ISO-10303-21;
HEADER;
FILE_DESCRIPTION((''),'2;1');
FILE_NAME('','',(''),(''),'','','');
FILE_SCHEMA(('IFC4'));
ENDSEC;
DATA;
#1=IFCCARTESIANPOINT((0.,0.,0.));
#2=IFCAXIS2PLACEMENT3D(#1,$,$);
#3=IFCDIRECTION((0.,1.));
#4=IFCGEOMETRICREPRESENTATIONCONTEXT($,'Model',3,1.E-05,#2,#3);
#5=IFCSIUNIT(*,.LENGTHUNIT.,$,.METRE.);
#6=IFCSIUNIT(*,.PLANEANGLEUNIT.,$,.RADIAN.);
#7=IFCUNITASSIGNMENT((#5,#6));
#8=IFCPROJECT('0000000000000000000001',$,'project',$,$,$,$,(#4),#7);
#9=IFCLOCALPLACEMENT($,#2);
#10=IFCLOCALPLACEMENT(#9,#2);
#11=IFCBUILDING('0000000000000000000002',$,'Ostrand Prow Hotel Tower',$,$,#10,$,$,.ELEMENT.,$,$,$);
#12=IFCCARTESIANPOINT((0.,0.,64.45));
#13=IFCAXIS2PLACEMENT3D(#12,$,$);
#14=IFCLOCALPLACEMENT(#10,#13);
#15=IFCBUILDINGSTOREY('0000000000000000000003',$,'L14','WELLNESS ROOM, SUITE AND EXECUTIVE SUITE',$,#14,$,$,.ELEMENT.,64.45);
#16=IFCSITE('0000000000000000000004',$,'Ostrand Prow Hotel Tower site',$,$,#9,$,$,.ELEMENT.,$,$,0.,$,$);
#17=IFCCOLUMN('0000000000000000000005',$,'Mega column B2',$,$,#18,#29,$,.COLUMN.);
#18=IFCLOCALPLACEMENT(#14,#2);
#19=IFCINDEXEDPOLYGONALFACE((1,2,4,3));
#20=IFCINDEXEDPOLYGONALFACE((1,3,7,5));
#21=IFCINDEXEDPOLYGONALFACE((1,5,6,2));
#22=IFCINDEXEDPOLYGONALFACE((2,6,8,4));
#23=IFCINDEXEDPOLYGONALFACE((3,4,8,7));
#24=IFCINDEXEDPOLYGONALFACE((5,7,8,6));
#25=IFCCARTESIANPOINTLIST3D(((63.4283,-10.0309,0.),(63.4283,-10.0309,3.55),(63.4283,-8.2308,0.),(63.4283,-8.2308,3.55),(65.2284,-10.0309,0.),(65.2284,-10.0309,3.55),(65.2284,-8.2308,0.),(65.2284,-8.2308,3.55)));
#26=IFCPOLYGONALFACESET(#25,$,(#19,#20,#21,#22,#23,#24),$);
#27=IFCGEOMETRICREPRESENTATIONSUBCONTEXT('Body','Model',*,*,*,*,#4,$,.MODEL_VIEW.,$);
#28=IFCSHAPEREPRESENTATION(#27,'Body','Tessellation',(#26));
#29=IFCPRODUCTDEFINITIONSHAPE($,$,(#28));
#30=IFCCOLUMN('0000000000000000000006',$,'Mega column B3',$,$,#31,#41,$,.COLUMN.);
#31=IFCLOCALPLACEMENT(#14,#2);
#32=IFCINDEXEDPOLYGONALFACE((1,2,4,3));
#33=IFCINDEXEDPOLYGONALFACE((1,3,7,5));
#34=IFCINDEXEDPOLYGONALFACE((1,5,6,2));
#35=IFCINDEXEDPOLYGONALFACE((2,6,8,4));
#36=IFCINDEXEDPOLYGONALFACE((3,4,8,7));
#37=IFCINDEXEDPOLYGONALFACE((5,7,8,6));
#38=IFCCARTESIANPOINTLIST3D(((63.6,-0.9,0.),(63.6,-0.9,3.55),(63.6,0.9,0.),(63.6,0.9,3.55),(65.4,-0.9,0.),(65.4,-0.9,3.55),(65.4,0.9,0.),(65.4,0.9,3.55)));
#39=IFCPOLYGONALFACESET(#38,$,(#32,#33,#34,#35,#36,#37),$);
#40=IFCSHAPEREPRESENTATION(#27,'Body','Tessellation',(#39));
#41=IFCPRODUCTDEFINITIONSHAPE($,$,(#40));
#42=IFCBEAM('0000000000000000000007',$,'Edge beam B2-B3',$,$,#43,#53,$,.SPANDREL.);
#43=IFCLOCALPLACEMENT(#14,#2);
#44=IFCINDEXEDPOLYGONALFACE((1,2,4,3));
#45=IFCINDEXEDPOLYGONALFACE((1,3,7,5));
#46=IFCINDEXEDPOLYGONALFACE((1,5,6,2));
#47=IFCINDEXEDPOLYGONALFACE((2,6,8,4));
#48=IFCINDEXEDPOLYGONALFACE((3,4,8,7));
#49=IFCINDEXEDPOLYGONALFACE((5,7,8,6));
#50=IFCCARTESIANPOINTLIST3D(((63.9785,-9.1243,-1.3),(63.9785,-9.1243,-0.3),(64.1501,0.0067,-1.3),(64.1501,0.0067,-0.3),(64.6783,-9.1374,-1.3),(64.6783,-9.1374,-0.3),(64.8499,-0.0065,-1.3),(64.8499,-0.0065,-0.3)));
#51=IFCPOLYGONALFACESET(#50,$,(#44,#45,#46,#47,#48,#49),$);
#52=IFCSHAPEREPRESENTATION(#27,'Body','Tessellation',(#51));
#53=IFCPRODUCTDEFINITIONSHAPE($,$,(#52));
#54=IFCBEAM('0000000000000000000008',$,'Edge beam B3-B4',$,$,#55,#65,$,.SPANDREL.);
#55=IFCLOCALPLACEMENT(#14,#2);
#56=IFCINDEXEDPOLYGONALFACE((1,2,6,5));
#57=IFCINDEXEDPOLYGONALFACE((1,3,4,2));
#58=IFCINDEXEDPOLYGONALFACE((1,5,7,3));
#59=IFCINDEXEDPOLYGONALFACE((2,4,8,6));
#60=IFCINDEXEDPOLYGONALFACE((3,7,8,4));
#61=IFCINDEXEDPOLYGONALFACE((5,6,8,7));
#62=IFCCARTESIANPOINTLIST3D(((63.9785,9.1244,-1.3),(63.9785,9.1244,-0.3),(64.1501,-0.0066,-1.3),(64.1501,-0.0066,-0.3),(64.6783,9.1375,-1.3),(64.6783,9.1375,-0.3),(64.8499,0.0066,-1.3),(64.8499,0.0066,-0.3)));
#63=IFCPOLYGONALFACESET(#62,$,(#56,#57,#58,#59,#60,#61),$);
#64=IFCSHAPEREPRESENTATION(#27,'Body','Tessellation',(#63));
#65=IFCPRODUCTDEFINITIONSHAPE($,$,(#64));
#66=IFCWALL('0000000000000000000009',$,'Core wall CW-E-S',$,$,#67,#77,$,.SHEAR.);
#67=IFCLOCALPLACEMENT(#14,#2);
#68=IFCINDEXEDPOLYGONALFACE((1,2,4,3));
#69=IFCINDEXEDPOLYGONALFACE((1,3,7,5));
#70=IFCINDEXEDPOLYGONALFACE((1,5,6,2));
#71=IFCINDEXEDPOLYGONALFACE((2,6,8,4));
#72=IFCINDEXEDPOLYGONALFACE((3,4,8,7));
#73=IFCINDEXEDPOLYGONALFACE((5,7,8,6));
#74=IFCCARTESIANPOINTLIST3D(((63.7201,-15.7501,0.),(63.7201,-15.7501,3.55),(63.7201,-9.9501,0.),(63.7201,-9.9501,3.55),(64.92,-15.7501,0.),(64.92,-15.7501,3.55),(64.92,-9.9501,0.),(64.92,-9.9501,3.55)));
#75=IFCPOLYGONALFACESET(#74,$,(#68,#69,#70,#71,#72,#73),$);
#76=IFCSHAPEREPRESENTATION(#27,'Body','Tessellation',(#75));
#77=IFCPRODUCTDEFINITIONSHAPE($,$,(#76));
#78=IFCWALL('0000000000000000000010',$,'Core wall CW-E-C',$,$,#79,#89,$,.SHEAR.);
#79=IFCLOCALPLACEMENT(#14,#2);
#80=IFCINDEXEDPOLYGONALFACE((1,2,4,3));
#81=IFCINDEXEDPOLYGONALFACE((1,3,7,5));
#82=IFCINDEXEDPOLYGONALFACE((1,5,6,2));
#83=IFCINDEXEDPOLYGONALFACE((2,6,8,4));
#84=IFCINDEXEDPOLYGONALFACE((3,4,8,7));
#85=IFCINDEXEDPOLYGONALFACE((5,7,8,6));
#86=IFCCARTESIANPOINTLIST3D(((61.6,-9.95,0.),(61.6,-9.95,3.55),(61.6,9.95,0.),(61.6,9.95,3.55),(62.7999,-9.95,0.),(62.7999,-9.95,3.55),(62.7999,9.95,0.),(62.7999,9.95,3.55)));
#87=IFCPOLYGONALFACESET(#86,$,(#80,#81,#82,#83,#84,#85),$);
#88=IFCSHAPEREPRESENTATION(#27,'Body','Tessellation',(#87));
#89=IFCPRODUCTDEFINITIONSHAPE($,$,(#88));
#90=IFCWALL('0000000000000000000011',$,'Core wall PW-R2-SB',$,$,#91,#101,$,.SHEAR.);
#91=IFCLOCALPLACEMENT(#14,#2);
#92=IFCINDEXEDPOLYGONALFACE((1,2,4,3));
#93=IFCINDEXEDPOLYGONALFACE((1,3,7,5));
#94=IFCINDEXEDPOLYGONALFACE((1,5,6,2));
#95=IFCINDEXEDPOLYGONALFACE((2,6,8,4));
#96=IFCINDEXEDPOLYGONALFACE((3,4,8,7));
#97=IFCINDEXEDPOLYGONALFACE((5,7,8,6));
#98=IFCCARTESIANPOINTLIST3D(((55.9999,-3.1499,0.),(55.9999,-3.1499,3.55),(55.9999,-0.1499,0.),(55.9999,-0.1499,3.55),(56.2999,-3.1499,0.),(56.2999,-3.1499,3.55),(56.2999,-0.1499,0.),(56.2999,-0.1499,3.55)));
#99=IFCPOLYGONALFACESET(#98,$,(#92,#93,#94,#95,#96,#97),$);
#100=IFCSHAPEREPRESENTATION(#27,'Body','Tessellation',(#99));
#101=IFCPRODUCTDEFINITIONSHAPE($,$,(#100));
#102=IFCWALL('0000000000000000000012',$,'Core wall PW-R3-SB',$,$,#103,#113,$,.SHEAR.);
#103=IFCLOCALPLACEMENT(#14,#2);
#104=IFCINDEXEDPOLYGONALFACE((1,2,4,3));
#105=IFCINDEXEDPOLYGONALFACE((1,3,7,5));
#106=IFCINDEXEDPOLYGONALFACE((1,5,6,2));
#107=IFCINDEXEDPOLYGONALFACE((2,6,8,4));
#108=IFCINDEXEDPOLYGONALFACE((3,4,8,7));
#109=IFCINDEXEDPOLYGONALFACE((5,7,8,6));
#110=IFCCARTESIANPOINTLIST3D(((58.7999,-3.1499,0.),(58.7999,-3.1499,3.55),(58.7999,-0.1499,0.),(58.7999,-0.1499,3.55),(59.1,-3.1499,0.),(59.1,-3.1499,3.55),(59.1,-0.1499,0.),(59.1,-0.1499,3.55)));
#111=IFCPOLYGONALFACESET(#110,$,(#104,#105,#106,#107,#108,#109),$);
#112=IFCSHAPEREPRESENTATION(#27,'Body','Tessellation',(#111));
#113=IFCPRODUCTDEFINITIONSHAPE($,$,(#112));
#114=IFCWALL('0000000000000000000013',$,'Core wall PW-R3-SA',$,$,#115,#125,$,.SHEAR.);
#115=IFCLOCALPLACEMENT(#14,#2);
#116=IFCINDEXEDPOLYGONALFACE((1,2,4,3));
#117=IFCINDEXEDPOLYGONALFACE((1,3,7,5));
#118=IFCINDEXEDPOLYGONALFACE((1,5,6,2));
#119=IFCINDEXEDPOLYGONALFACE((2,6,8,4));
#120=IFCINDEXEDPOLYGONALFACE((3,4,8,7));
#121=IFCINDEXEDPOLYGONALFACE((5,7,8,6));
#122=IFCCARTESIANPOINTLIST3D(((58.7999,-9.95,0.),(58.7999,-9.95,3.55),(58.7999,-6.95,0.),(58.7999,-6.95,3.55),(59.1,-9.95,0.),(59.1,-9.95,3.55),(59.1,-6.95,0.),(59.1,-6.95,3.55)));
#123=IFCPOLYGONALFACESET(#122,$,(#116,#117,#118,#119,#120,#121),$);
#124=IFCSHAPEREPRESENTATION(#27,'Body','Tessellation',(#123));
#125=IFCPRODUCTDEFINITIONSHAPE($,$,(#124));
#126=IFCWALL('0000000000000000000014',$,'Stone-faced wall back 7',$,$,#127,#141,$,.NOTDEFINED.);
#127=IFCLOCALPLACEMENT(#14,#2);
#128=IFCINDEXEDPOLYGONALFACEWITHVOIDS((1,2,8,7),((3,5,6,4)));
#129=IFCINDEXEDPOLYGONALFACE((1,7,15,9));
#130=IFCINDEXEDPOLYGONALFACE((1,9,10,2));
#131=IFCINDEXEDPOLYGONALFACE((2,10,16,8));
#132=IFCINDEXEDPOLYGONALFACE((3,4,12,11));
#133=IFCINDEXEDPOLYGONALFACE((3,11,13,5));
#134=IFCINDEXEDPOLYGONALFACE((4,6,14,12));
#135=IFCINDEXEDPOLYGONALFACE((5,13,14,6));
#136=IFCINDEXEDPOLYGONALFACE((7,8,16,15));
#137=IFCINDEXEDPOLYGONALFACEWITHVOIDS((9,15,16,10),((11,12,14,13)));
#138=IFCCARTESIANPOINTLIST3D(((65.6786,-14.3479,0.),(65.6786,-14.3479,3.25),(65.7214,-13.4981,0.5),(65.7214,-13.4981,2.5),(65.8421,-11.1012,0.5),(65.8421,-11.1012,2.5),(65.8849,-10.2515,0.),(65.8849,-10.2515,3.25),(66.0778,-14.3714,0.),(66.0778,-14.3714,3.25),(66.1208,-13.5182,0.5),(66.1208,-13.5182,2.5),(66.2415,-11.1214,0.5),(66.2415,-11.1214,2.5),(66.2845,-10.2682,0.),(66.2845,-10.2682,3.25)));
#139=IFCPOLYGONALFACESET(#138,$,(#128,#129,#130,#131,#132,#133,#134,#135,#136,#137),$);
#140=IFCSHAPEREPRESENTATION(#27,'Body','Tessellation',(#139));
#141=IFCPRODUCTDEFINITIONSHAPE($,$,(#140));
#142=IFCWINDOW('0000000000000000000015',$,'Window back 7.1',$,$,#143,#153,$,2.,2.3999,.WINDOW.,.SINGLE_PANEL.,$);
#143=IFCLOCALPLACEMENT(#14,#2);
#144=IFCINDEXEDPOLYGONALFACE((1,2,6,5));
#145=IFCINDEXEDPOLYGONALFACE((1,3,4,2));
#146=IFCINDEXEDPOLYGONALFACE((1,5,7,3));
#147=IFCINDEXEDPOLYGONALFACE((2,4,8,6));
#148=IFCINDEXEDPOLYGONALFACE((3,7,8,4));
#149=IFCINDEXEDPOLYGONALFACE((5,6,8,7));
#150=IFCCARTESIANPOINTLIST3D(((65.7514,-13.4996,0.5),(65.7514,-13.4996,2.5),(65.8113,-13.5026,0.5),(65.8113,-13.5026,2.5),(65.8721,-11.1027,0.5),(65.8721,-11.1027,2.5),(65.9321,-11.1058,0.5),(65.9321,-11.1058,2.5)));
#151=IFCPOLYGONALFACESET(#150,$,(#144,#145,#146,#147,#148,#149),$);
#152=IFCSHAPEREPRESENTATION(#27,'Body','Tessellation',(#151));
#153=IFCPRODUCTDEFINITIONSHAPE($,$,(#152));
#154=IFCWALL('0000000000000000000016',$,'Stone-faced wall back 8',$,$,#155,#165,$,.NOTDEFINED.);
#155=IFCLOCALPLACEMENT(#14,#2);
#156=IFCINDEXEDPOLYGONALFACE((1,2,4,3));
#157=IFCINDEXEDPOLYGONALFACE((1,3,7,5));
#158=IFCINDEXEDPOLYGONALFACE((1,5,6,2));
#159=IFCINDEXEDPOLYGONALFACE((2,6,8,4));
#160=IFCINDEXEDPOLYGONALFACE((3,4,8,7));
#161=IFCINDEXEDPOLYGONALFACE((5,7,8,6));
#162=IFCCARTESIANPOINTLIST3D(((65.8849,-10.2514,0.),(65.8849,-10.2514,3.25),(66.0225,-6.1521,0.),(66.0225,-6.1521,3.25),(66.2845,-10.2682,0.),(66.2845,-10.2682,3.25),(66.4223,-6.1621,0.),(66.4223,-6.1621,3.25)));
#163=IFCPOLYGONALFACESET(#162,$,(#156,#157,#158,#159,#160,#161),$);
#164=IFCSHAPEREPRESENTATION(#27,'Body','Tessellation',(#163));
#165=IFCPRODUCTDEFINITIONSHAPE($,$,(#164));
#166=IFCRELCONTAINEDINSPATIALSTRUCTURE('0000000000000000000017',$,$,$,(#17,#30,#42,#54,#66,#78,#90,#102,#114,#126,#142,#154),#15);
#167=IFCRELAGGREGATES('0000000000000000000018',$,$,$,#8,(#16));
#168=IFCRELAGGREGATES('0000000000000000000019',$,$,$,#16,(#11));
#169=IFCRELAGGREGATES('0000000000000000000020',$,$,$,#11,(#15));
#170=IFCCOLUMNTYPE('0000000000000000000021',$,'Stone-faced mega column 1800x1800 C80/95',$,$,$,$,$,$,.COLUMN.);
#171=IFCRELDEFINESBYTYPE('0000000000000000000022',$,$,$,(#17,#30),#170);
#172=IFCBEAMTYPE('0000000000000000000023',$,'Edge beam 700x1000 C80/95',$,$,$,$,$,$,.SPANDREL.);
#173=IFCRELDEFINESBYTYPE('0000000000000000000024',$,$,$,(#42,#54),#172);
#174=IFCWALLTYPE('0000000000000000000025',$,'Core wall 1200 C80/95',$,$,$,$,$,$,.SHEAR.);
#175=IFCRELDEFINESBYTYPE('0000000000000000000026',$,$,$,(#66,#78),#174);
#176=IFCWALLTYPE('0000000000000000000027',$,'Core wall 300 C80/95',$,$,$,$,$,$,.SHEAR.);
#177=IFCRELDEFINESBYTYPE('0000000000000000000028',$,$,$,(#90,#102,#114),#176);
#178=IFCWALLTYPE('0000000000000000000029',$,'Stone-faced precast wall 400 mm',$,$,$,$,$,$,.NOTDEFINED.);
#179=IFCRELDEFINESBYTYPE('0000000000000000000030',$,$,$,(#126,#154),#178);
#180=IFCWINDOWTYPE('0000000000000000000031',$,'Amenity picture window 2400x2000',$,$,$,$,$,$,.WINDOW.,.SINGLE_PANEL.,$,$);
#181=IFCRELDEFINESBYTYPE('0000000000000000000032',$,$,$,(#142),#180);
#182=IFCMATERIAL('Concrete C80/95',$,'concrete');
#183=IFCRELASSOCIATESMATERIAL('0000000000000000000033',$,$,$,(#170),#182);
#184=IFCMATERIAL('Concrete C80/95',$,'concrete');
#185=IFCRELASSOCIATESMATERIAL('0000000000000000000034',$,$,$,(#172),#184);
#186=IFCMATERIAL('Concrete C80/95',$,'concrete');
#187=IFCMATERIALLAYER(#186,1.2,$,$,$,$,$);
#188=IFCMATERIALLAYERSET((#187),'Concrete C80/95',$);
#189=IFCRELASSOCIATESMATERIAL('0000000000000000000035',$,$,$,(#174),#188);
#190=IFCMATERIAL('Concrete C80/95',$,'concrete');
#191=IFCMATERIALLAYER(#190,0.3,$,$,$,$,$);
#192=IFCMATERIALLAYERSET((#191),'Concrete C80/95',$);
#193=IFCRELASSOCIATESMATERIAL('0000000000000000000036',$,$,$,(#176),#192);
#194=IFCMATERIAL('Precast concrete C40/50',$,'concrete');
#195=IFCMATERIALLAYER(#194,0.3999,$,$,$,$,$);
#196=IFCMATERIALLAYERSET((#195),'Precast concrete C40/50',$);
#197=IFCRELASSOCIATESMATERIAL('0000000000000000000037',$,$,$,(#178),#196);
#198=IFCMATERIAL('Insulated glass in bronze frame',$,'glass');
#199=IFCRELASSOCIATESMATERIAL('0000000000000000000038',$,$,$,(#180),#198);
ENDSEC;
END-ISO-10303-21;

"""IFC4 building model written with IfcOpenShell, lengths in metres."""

from ifc_helpers import new_model, si_unit, direction, frame, frame_2d, origin, origin_2d, place, context, subcontext, project, spatial, polyline, rectangle, outline, extrude, material, layer, layer_set, material_profile, profile_set, type_object, element, fill, save


model = new_model("IFC4")

# Units and contexts
model_context = context("Model", 3, precision=1e-05, world=origin(), true_north=direction((0.0, 1.0)))
body_context = subcontext(model_context, "Body", "Model", "MODEL_VIEW")
ifc_project = project(units=[si_unit("LENGTHUNIT", "METRE"), si_unit("PLANEANGLEUNIT", "RADIAN")], contexts=[model_context])

# Site, building, storey
site_placement = place(None, origin())
site = spatial("IfcSite", under=ifc_project, at=site_placement, Name="Ostrand Prow Hotel Tower site", CompositionType="ELEMENT", RefElevation=0.0)
building_placement = place(site_placement, origin())
building = spatial("IfcBuilding", under=site, at=building_placement, Name="Ostrand Prow Hotel Tower", CompositionType="ELEMENT")
storey_placement = place(building_placement, frame((0.0, 0.0, 64.45)))
storey = spatial("IfcBuildingStorey", under=building, at=storey_placement, Name="L14", Description="WELLNESS ROOM, SUITE AND EXECUTIVE SUITE", CompositionType="ELEMENT", Elevation=64.45)

# Columns
ifc_material_1 = material(Name="Concrete C80/95", Category="concrete")
ifc_material_profile_1 = material_profile(ifc_material_1, rectangle(XDim=1.8, YDim=1.8, at=origin_2d()), Name="RC 1800x1800")
ifc_profile_set_1 = profile_set([ifc_material_profile_1], Name="Concrete C80/95")
column_type = type_object("IfcColumnType", Name="Stone-faced mega column 1800x1800 C80/95", PredefinedType="COLUMN", material=ifc_profile_set_1)
for number, where, z_axis, x_axis, name in (
    (1, (64.3284, -9.1309, 0.0), (0.0, 0.0, 1.0), (1.0, 0.0, 0.0), "Mega column B2"),
    (2, (64.5, 0.0, 0.0), (0.0, 0.0, 1.0), (1.0, 0.0, 0.0), "Mega column B3"),
):
    element("IfcColumn", number, at=place(storey_placement, frame(where, z_axis=z_axis, x_axis=x_axis)), inside=storey, type_object=column_type, Name=name, PredefinedType="COLUMN", context=body_context, shape_type="SweptSolid", body=[
        extrude(rectangle(XDim=1.8, YDim=1.8, at=origin_2d()), origin(), (0.0, 0.0, 1.0), 3.55),
    ])

# Beams
ifc_material_2 = material(Name="Concrete C80/95", Category="concrete")
ifc_material_profile_2 = material_profile(ifc_material_2, rectangle(XDim=0.7, YDim=1.0, at=origin_2d()), Name="RC 700x1000")
ifc_profile_set_2 = profile_set([ifc_material_profile_2], Name="Concrete C80/95")
beam_type = type_object("IfcBeamType", Name="Edge beam 700x1000 C80/95", PredefinedType="SPANDREL", material=ifc_profile_set_2)
for number, where, z_axis, x_axis, name in (
    (3, (64.3284, -9.1309, -0.8), (0.018793, 0.999823, 0.0), (-0.999823, 0.018793, 0.0), "Edge beam B2-B3"),
    (4, (64.5, 0.0, -0.8), (-0.018793, 0.999823, 0.0), (-0.999823, -0.018793, 0.0), "Edge beam B3-B4"),
):
    element("IfcBeam", number, at=place(storey_placement, frame(where, z_axis=z_axis, x_axis=x_axis)), inside=storey, type_object=beam_type, Name=name, PredefinedType="SPANDREL", context=body_context, shape_type="SweptSolid", body=[
        extrude(rectangle(XDim=0.7, YDim=1.0, at=origin_2d()), origin(), (0.0, 0.0, 1.0), 9.1326),
    ])

# Walls
ifc_material_3 = material(Name="Concrete C80/95", Category="concrete")
ifc_layer_1 = layer(ifc_material_3, 1.2)
ifc_layer_set_1 = layer_set([ifc_layer_1], Name="Concrete C80/95")
wall_type_1 = type_object("IfcWallType", Name="Core wall 1200 C80/95", PredefinedType="SHEAR", material=ifc_layer_set_1)
wall_1_placement = place(storey_placement, frame((64.3201, -15.75, 0.0), z_axis=(0.0, 0.0, 1.0), x_axis=(0.0, 1.0, 0.0)))
element("IfcWall", 5, at=wall_1_placement, inside=storey, type_object=wall_type_1, Name="Core wall CW-E-S", PredefinedType="SHEAR", context=body_context, shape_type="SweptSolid", body=[
    extrude(rectangle(XDim=5.8, YDim=1.2, at=frame_2d((2.8999, 0.0))), origin(), (0.0, 0.0, 1.0), 3.55),
])
wall_2_placement = place(storey_placement, frame((62.2, -9.95, 0.0), z_axis=(0.0, 0.0, 1.0), x_axis=(0.0, 1.0, 0.0)))
element("IfcWall", 6, at=wall_2_placement, inside=storey, type_object=wall_type_1, Name="Core wall CW-E-C", PredefinedType="SHEAR", context=body_context, shape_type="SweptSolid", body=[
    extrude(rectangle(XDim=19.8999, YDim=1.2, at=frame_2d((9.95, 0.0))), origin(), (0.0, 0.0, 1.0), 3.55),
])
ifc_material_4 = material(Name="Concrete C80/95", Category="concrete")
ifc_layer_2 = layer(ifc_material_4, 0.3)
ifc_layer_set_2 = layer_set([ifc_layer_2], Name="Concrete C80/95")
wall_type_2 = type_object("IfcWallType", Name="Core wall 300 C80/95", PredefinedType="SHEAR", material=ifc_layer_set_2)
for number, where, z_axis, x_axis, name in (
    (7, (56.1499, -3.1499, 0.0), (0.0, 0.0, 1.0), (0.0, 1.0, 0.0), "Core wall PW-R2-SB"),
    (8, (58.95, -3.1499, 0.0), (0.0, 0.0, 1.0), (0.0, 1.0, 0.0), "Core wall PW-R3-SB"),
    (9, (58.95, -9.95, 0.0), (0.0, 0.0, 1.0), (0.0, 1.0, 0.0), "Core wall PW-R3-SA"),
):
    element("IfcWall", number, at=place(storey_placement, frame(where, z_axis=z_axis, x_axis=x_axis)), inside=storey, type_object=wall_type_2, Name=name, PredefinedType="SHEAR", context=body_context, shape_type="SweptSolid", body=[
        extrude(rectangle(XDim=3.0, YDim=0.3, at=frame_2d((1.5, 0.0))), origin(), (0.0, 0.0, 1.0), 3.55),
    ])

# Wall, opening, window
ifc_material_5 = material(Name="Precast concrete C40/50", Category="concrete")
ifc_layer_3 = layer(ifc_material_5, 0.3999)
ifc_layer_set_3 = layer_set([ifc_layer_3], Name="Precast concrete C40/50")
wall_type_3 = type_object("IfcWallType", Name="Stone-faced precast wall 400 mm", PredefinedType="NOTDEFINED", material=ifc_layer_set_3)
wall_3_placement = place(storey_placement, frame((65.8782, -14.3596, 0.0), z_axis=(0.0, 0.0, 1.0), x_axis=(0.050314, 0.998733, 0.0)))
wall_3 = element("IfcWall", 10, at=wall_3_placement, inside=storey, type_object=wall_type_3, Name="Stone-faced wall back 7", PredefinedType="NOTDEFINED", context=body_context, shape_type="SweptSolid", body=[
    extrude(outline(polyline([(-0.0017, -0.2), (4.1067, -0.2), (4.1033, 0.2), (0.0017, 0.2), (-0.0017, -0.2)])), origin(), (0.0, 0.0, 1.0), 3.25),
])
opening_1_placement = place(wall_3_placement, frame((0.8525, 0.0, 0.5)))
opening_1 = element("IfcOpeningElement", 11, at=opening_1_placement, cuts=wall_3, PredefinedType="OPENING", context=body_context, shape_type="SweptSolid", body=[
    extrude(rectangle(XDim=2.3999, YDim=2.0, at=frame_2d((1.2, 1.0))), frame((0.0, 0.21, 0.0), z_axis=(0.0, -1.0, 0.0), x_axis=(1.0, 0.0, 0.0)), (0.0, 0.0, 1.0), 0.4199),
])
ifc_material_6 = material(Name="Insulated glass in bronze frame", Category="glass")
window_type = type_object("IfcWindowType", Name="Amenity picture window 2400x2000", PartitioningType="SINGLE_PANEL", PredefinedType="WINDOW", material=ifc_material_6)
window_1_placement = place(opening_1_placement, origin())
window_1 = element("IfcWindow", 12, at=window_1_placement, inside=storey, type_object=window_type, Name="Window back 7.1", OverallHeight=2.0, OverallWidth=2.3999, PartitioningType="SINGLE_PANEL", PredefinedType="WINDOW", context=body_context, shape_type="SweptSolid", body=[
    extrude(rectangle(XDim=2.3999, YDim=2.0, at=frame_2d((1.2, 1.0))), frame((0.0, 0.1699, 0.0), z_axis=(0.0, -1.0, 0.0), x_axis=(1.0, 0.0, 0.0)), (0.0, 0.0, 1.0), 0.0601),
])
fill(opening_1, window_1)

# Wall
wall_4_placement = place(storey_placement, frame((66.0847, -10.2598, 0.0), z_axis=(0.0, 0.0, 1.0), x_axis=(0.033543, 0.999437, 0.0)))
element("IfcWall", 13, at=wall_4_placement, inside=storey, type_object=wall_type_3, Name="Stone-faced wall back 8", PredefinedType="NOTDEFINED", context=body_context, shape_type="SweptSolid", body=[
    extrude(outline(polyline([(-0.0017, -0.2), (4.1067, -0.2), (4.1033, 0.2), (0.0017, 0.2), (-0.0017, -0.2)])), origin(), (0.0, 0.0, 1.0), 3.25),
])

save(model, "model.ifc")
